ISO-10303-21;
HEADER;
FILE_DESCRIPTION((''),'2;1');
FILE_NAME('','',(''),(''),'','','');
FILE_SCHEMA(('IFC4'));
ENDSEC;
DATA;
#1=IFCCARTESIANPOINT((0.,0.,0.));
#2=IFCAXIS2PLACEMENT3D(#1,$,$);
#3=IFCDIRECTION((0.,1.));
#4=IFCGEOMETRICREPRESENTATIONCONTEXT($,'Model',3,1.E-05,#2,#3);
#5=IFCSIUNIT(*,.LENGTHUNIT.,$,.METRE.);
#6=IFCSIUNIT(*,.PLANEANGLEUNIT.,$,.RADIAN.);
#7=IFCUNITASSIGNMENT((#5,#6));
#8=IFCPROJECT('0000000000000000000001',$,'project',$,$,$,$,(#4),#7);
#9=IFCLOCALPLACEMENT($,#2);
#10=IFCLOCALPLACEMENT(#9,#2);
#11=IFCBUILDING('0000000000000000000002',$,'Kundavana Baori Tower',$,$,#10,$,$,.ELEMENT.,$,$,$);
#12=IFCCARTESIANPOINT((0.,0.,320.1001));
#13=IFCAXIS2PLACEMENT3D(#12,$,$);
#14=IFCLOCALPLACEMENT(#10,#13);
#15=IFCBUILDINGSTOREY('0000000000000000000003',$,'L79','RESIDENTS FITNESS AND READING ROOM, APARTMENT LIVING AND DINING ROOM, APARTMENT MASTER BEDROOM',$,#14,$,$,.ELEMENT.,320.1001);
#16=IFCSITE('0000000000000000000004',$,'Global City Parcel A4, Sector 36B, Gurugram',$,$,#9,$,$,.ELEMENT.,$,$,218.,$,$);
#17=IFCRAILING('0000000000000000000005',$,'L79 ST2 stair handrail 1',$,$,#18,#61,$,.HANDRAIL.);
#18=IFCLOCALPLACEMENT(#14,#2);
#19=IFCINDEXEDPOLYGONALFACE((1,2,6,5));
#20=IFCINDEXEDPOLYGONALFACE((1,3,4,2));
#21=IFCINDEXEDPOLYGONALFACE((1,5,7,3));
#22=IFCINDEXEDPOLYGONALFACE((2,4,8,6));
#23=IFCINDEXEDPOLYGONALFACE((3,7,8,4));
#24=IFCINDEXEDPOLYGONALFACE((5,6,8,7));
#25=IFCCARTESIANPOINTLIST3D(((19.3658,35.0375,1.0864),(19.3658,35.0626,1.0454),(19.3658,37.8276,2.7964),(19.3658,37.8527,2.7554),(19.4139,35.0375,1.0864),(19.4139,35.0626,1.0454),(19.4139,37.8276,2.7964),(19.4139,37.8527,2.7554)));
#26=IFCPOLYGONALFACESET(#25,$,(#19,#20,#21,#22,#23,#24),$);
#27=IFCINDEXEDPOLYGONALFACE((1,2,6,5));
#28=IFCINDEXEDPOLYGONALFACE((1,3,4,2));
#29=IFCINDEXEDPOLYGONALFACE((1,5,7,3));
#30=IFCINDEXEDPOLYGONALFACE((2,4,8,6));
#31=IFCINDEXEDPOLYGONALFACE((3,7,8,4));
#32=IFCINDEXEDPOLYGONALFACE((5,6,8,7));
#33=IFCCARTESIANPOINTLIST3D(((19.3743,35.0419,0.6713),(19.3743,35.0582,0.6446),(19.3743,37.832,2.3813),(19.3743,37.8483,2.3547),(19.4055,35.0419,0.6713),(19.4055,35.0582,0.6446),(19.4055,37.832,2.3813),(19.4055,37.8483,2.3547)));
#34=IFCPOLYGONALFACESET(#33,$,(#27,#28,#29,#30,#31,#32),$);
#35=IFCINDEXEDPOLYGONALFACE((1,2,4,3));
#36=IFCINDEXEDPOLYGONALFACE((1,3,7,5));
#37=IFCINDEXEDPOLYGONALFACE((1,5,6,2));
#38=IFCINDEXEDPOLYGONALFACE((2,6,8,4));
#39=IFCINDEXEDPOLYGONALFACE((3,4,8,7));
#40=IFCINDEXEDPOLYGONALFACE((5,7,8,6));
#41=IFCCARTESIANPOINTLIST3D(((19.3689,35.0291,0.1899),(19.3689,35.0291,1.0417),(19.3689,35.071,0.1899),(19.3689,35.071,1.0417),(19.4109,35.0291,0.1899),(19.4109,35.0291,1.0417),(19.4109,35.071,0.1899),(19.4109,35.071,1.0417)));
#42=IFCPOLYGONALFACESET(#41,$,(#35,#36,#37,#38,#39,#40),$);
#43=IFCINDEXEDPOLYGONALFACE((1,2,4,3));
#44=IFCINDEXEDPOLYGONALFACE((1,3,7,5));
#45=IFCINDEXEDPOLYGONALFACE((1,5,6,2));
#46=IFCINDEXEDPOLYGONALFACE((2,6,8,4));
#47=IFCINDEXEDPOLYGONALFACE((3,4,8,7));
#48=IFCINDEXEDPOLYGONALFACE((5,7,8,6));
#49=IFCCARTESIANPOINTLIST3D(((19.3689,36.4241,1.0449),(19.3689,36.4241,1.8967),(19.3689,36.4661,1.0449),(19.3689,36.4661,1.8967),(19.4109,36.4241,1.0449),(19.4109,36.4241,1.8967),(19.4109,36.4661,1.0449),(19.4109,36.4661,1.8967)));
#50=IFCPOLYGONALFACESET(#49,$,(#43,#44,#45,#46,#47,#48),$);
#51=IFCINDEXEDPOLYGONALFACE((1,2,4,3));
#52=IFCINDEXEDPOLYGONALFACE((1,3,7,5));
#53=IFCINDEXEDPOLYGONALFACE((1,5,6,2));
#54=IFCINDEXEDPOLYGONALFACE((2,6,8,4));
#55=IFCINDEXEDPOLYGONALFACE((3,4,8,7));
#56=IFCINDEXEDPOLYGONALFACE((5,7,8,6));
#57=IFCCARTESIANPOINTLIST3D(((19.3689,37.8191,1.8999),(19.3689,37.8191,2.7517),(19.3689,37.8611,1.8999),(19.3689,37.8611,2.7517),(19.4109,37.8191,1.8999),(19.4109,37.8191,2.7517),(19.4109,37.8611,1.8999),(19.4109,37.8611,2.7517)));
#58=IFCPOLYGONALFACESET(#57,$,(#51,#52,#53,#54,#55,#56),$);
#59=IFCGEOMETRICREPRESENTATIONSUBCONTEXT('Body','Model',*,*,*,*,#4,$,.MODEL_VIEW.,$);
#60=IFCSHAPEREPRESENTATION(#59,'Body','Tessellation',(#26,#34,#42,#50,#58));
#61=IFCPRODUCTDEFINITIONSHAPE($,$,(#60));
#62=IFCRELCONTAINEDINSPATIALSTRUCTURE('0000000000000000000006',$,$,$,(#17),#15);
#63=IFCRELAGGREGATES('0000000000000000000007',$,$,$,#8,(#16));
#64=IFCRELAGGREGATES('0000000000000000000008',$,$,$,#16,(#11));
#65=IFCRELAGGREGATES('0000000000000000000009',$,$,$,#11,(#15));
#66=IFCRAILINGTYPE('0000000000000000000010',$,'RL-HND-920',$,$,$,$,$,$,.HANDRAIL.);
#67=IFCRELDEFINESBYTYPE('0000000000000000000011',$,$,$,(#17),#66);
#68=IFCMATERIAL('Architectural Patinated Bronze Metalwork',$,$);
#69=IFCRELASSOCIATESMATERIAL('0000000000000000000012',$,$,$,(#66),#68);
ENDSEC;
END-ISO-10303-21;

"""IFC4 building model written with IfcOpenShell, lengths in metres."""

from ifc_helpers import new_model, si_unit, direction, frame, origin, origin_2d, place, context, subcontext, project, spatial, rectangle, extrude, material, type_object, element, save


model = new_model("IFC4")

# Units and contexts
model_context = context("Model", 3, precision=1e-05, world=origin(), true_north=direction((0.0, 1.0)))
body_context = subcontext(model_context, "Body", "Model", "MODEL_VIEW")
ifc_project = project(units=[si_unit("LENGTHUNIT", "METRE"), si_unit("PLANEANGLEUNIT", "RADIAN")], contexts=[model_context])

# Site, building, storey
site_placement = place(None, origin())
site = spatial("IfcSite", under=ifc_project, at=site_placement, Name="Global City Parcel A4, Sector 36B, Gurugram", CompositionType="ELEMENT", RefElevation=218.0)
building_placement = place(site_placement, origin())
building = spatial("IfcBuilding", under=site, at=building_placement, Name="Kundavana Baori Tower", CompositionType="ELEMENT")
storey_placement = place(building_placement, frame((0.0, 0.0, 320.1001)))
storey = spatial("IfcBuildingStorey", under=building, at=storey_placement, Name="L79", Description="RESIDENTS FITNESS AND READING ROOM, APARTMENT LIVING AND DINING ROOM, APARTMENT MASTER BEDROOM", CompositionType="ELEMENT", Elevation=320.1001)

# Railing
ifc_material_1 = material(Name="Architectural Patinated Bronze Metalwork")
railing_type_1 = type_object("IfcRailingType", Name="RL-HND-920", PredefinedType="HANDRAIL", material=ifc_material_1)
railing_1_placement = place(storey_placement, frame((19.3899, 35.05, 0.1899)))
element("IfcRailing", 1, at=railing_1_placement, inside=storey, type_object=railing_type_1, Name="L79 ST2 stair handrail 1", PredefinedType="HANDRAIL", context=body_context, shape_type="SweptSolid", body=[
    extrude(rectangle(XDim=0.0481, YDim=0.0481, at=origin_2d()), frame((0.0, 0.0, 0.876), z_axis=(0.0, 0.85261, 0.522548), x_axis=(-1.0, 0.0, 0.0)), (0.0, 0.0, 1.0), 3.2725),
    extrude(rectangle(XDim=0.0312, YDim=0.0312, at=origin_2d()), frame((0.0, 0.0, 0.468), z_axis=(0.0, 0.85261, 0.522548), x_axis=(-1.0, 0.0, 0.0)), (0.0, 0.0, 1.0), 3.2725),
    extrude(rectangle(XDim=0.042, YDim=0.042, at=origin_2d()), origin(), (0.0, 0.0, 1.0), 0.8518),
    extrude(rectangle(XDim=0.042, YDim=0.042, at=origin_2d()), frame((0.0, 1.395, 0.855)), (0.0, 0.0, 1.0), 0.8518),
    extrude(rectangle(XDim=0.042, YDim=0.042, at=origin_2d()), frame((0.0, 2.79, 1.71)), (0.0, 0.0, 1.0), 0.8518),
])

save(model, "model.ifc")
